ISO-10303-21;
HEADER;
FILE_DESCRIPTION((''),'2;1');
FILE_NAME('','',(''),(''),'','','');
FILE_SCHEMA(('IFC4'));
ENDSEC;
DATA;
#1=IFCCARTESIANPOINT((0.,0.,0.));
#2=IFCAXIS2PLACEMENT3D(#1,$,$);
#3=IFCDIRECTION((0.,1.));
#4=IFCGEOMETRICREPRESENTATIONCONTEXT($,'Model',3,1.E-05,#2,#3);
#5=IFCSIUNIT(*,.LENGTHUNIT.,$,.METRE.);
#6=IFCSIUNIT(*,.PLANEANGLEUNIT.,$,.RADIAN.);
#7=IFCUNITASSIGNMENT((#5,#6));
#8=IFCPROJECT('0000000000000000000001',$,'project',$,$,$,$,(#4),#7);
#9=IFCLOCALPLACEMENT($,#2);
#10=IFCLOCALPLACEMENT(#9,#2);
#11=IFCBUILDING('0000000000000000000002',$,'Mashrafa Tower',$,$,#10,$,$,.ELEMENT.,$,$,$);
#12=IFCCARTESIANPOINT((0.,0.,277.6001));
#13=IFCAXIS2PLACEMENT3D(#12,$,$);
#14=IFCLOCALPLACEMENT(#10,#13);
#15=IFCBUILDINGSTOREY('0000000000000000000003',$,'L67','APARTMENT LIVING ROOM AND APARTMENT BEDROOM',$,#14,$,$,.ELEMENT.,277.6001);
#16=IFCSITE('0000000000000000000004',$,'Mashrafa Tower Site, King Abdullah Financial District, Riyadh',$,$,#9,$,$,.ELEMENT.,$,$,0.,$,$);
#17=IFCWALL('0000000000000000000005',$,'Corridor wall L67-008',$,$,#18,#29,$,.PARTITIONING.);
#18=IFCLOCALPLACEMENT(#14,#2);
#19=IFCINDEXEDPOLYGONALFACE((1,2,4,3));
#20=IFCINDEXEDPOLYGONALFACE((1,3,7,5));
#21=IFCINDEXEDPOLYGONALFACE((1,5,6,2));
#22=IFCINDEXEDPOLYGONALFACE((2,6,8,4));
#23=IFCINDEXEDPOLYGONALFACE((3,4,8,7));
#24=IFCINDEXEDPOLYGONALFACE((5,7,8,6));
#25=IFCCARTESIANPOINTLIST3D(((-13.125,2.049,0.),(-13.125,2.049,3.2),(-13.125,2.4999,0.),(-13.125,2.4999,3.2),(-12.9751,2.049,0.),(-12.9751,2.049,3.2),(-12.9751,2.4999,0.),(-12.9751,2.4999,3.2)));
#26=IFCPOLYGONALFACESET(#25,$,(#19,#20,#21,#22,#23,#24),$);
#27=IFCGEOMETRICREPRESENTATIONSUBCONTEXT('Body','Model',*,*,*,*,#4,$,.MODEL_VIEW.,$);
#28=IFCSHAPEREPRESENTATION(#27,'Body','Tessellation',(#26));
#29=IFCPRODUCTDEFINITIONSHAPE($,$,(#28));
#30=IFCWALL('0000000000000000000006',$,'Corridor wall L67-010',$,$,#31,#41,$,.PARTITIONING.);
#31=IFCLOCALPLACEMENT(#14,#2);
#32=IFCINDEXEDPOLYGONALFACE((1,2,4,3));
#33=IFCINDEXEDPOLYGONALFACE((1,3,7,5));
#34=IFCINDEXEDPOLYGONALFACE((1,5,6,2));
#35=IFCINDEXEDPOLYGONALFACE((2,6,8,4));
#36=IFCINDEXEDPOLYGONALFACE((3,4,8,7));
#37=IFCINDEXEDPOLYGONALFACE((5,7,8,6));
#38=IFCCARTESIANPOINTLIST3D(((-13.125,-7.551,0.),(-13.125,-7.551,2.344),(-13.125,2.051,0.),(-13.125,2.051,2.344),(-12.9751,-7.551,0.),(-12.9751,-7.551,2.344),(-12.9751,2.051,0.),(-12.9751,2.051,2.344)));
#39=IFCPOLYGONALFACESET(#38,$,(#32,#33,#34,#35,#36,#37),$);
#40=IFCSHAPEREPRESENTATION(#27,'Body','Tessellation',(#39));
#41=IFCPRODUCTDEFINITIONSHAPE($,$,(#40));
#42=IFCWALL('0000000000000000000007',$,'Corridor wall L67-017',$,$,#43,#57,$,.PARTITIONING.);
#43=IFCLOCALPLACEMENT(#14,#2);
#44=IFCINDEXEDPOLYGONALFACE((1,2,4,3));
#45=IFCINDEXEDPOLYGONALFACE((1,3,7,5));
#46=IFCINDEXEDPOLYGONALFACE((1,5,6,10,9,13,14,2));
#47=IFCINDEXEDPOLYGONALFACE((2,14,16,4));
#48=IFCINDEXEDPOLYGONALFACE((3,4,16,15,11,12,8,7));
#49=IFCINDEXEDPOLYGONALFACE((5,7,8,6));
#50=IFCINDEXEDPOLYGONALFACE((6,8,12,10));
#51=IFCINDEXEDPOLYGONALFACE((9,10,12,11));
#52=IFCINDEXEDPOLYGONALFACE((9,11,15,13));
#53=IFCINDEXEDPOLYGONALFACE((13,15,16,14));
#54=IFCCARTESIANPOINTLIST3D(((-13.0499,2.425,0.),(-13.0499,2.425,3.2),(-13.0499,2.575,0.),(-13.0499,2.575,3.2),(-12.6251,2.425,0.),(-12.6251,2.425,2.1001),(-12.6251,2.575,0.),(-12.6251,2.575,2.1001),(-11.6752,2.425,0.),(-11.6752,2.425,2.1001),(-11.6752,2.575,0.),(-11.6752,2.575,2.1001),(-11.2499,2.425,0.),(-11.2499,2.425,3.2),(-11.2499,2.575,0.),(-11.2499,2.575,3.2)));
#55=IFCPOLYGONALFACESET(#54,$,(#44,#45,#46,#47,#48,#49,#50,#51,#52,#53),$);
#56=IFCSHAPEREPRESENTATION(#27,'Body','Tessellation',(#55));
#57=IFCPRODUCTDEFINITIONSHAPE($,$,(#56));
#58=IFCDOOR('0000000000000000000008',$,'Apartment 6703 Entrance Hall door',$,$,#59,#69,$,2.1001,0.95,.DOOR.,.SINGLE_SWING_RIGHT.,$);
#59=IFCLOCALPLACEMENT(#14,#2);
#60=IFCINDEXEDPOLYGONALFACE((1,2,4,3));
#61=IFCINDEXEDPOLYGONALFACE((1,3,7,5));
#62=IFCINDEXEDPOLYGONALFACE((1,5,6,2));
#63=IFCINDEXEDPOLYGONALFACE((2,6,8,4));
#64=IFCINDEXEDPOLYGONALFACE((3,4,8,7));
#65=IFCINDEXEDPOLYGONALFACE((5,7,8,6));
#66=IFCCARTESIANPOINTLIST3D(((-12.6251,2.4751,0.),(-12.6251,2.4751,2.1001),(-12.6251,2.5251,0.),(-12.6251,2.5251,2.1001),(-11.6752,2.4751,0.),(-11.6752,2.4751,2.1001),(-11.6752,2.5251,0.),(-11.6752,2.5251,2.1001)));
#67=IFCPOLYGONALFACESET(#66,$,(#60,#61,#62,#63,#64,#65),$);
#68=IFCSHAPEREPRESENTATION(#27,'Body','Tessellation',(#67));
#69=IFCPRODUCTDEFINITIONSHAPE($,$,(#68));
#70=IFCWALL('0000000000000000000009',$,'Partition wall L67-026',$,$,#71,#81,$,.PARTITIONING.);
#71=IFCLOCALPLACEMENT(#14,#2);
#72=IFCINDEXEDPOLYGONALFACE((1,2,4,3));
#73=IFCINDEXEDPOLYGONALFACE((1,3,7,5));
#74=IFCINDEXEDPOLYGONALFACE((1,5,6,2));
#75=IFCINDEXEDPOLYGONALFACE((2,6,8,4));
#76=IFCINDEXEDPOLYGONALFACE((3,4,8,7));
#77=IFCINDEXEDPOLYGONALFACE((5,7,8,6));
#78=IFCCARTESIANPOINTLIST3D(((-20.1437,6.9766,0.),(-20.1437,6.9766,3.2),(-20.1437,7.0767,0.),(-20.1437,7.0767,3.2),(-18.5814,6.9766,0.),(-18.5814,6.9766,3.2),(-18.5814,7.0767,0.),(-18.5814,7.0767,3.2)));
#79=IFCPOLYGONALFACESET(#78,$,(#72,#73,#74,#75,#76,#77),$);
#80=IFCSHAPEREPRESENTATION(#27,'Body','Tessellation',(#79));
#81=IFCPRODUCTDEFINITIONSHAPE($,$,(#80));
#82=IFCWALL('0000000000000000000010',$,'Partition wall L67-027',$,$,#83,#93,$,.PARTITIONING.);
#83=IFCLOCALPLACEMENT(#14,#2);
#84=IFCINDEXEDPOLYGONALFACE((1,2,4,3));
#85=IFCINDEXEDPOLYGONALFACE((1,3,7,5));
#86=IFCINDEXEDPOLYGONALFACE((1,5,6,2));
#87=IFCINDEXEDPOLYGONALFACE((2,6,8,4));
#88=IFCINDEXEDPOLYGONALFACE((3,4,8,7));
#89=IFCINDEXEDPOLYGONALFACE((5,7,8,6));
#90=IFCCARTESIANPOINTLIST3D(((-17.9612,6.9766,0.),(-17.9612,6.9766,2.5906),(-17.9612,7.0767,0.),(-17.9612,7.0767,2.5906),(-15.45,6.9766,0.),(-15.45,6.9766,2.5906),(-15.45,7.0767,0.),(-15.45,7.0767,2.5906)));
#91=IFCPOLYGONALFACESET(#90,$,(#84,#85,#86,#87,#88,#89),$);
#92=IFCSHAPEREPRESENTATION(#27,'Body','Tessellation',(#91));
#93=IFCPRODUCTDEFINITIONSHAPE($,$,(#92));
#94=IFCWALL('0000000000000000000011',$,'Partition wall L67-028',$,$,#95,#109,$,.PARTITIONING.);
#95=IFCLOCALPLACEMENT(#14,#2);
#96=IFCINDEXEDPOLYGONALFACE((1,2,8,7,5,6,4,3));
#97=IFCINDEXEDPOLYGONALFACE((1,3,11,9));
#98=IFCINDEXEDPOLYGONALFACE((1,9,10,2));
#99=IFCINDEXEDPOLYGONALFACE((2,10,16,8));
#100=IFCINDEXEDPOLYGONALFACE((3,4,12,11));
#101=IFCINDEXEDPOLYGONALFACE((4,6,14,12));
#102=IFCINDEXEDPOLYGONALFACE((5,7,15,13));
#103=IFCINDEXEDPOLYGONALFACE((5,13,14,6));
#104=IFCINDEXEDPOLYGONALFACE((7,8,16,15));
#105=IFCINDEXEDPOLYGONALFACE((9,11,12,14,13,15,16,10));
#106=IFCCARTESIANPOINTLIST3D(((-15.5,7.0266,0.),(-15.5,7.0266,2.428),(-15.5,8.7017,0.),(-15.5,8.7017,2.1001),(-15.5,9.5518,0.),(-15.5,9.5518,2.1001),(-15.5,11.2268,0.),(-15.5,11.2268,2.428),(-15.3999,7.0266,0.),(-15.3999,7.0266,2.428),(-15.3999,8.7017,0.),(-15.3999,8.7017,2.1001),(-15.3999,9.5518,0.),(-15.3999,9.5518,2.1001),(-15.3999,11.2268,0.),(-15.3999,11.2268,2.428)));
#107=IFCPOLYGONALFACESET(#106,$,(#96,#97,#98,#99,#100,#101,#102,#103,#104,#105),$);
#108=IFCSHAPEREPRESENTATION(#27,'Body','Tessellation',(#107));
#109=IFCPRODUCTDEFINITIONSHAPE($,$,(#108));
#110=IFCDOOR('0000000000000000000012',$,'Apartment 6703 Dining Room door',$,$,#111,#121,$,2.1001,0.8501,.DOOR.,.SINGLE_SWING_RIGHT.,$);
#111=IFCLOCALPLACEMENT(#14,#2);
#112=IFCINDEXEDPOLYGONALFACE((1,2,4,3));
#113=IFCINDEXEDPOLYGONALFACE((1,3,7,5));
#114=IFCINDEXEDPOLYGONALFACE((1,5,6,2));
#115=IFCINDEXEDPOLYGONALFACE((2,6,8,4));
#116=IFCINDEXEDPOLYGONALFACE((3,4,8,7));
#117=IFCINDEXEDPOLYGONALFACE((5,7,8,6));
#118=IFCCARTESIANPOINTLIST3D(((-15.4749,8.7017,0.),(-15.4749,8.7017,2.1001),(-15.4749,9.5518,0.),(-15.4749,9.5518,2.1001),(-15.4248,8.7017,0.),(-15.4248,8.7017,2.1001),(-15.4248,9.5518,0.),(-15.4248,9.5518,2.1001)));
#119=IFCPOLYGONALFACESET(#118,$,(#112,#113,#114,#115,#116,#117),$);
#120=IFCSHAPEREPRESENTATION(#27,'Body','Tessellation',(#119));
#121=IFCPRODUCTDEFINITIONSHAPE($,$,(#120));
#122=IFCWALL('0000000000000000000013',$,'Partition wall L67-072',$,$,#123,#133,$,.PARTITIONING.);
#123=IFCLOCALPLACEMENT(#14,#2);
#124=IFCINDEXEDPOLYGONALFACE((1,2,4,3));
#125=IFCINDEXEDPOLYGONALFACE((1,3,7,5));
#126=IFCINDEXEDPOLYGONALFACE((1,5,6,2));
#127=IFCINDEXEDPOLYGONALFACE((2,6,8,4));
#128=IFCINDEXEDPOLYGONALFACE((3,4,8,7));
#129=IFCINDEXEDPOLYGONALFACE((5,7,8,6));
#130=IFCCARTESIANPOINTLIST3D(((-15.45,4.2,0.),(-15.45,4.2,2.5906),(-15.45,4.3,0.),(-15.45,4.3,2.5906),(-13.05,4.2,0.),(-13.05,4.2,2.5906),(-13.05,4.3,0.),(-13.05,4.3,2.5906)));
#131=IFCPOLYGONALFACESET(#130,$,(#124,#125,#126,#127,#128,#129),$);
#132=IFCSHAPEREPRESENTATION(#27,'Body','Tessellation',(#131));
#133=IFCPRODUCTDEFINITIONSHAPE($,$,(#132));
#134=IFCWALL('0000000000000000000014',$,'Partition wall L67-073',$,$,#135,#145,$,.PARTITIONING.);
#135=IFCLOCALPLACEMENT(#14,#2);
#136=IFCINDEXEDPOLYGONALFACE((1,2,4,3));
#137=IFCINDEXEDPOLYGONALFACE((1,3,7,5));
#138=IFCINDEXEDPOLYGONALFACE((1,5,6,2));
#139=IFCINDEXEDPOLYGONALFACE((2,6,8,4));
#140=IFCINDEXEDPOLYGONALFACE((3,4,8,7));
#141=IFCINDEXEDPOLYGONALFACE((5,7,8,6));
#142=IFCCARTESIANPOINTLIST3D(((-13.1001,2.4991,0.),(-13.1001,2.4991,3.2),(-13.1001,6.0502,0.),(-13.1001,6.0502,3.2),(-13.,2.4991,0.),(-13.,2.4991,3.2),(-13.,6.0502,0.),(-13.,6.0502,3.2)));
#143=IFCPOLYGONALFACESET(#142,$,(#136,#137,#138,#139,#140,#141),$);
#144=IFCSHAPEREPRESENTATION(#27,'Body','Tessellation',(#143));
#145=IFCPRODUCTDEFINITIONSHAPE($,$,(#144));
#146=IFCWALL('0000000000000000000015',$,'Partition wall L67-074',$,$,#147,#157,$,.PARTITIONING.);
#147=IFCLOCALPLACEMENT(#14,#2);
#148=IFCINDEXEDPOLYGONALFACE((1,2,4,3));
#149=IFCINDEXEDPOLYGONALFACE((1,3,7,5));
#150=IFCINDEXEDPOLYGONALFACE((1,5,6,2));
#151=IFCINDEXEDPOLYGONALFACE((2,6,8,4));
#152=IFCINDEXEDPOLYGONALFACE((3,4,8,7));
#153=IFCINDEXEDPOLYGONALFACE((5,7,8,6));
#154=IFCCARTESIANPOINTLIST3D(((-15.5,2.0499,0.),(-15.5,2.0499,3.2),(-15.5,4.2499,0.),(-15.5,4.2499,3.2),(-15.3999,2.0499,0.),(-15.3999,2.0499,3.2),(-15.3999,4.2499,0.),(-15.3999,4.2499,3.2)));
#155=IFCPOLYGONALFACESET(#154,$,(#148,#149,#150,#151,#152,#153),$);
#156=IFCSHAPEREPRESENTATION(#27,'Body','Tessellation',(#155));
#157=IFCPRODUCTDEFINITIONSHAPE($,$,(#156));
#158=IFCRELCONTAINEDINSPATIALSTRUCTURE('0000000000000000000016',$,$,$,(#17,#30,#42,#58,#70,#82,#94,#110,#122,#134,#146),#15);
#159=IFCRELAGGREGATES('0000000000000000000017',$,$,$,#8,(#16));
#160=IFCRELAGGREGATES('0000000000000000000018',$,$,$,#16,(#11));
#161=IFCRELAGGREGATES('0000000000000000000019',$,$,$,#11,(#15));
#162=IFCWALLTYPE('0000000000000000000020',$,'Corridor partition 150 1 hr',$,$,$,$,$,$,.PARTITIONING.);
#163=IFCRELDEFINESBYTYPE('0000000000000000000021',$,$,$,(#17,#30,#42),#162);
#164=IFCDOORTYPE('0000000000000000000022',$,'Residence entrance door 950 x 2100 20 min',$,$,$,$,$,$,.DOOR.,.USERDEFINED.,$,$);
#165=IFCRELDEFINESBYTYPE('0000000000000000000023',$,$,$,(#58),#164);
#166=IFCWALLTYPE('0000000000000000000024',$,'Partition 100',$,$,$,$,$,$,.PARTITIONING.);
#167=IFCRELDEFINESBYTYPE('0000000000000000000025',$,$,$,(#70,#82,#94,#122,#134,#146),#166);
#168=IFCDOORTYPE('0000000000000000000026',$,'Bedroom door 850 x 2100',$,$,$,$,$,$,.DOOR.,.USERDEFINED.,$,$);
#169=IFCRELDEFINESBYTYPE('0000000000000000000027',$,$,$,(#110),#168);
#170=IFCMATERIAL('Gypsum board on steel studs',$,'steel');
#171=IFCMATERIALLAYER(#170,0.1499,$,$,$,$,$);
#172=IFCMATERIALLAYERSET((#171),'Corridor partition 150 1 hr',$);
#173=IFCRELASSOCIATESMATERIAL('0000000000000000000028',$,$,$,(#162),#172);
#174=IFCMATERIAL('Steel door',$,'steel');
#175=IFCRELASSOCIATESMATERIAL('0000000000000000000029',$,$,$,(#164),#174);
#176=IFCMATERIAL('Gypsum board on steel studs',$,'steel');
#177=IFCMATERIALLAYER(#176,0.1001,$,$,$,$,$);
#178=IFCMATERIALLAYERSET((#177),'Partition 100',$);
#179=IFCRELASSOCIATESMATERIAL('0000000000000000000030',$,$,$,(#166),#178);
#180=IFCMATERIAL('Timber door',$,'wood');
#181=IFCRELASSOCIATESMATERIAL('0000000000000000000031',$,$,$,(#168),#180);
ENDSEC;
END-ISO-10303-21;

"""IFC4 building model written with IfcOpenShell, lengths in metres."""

from ifc_helpers import new_model, si_unit, direction, frame, frame_2d, origin, place, context, subcontext, project, spatial, rectangle, extrude, material, layer, layer_set, type_object, element, fill, save


model = new_model("IFC4")

# Units and contexts
model_context = context("Model", 3, precision=1e-05, world=origin(), true_north=direction((0.0, 1.0)))
body_context = subcontext(model_context, "Body", "Model", "MODEL_VIEW")
ifc_project = project(units=[si_unit("LENGTHUNIT", "METRE"), si_unit("PLANEANGLEUNIT", "RADIAN")], contexts=[model_context])

# Site, building, storey
site_placement = place(None, origin())
site = spatial("IfcSite", under=ifc_project, at=site_placement, Name="Mashrafa Tower Site, King Abdullah Financial District, Riyadh", CompositionType="ELEMENT", RefElevation=0.0)
building_placement = place(site_placement, origin())
building = spatial("IfcBuilding", under=site, at=building_placement, Name="Mashrafa Tower", CompositionType="ELEMENT")
storey_placement = place(building_placement, frame((0.0, 0.0, 277.6001)))
storey = spatial("IfcBuildingStorey", under=building, at=storey_placement, Name="L67", Description="APARTMENT LIVING ROOM AND APARTMENT BEDROOM", CompositionType="ELEMENT", Elevation=277.6001)

# Walls
ifc_material_1 = material(Name="Gypsum board on steel studs", Category="steel")
ifc_layer_1 = layer(ifc_material_1, 0.1499)
ifc_layer_set_1 = layer_set([ifc_layer_1], Name="Corridor partition 150 1 hr")
wall_type_1 = type_object("IfcWallType", Name="Corridor partition 150 1 hr", PredefinedType="PARTITIONING", material=ifc_layer_set_1)
wall_1_placement = place(storey_placement, frame((-13.05, 2.5, 0.0), z_axis=(0.0, 0.0, 1.0), x_axis=(0.0, -1.0, 0.0)))
element("IfcWall", 1, at=wall_1_placement, inside=storey, type_object=wall_type_1, Name="Corridor wall L67-008", PredefinedType="PARTITIONING", context=body_context, shape_type="SweptSolid", body=[
    extrude(rectangle(XDim=0.4509, YDim=0.1499, at=frame_2d((0.2256, 0.0))), origin(), (0.0, 0.0, 1.0), 3.2),
])
wall_2_placement = place(storey_placement, frame((-13.05, 2.051, 0.0), z_axis=(0.0, 0.0, 1.0), x_axis=(0.0, -1.0, 0.0)))
element("IfcWall", 2, at=wall_2_placement, inside=storey, type_object=wall_type_1, Name="Corridor wall L67-010", PredefinedType="PARTITIONING", context=body_context, shape_type="SweptSolid", body=[
    extrude(rectangle(XDim=9.6021, YDim=0.1499, at=frame_2d((4.801, 0.0))), origin(), (0.0, 0.0, 1.0), 2.344),
])

# Wall, opening, door
wall_3_placement = place(storey_placement, frame((-11.25, 2.5, 0.0), z_axis=(0.0, 0.0, 1.0), x_axis=(-1.0, 0.0, 0.0)))
wall_3 = element("IfcWall", 3, at=wall_3_placement, inside=storey, type_object=wall_type_1, Name="Corridor wall L67-017", PredefinedType="PARTITIONING", context=body_context, shape_type="SweptSolid", body=[
    extrude(rectangle(XDim=1.8, YDim=0.1499, at=frame_2d((0.8999, 0.0))), origin(), (0.0, 0.0, 1.0), 3.2),
])
opening_1_placement = place(wall_3_placement, frame((0.425, 0.0, 0.0)))
opening_1 = element("IfcOpeningElement", 4, at=opening_1_placement, cuts=wall_3, PredefinedType="OPENING", context=body_context, shape_type="SweptSolid", body=[
    extrude(rectangle(XDim=0.95, YDim=2.1001, at=frame_2d((0.4751, 1.05))), frame((0.0, 0.085, 0.0), z_axis=(0.0, -1.0, 0.0), x_axis=(1.0, 0.0, 0.0)), (0.0, 0.0, 1.0), 0.1699),
])
ifc_material_2 = material(Name="Steel door", Category="steel")
door_type_1 = type_object("IfcDoorType", Name="Residence entrance door 950 x 2100 20 min", OperationType="USERDEFINED", PredefinedType="DOOR", material=ifc_material_2)
door_1_placement = place(opening_1_placement, origin())
door_1 = element("IfcDoor", 5, at=door_1_placement, inside=storey, type_object=door_type_1, Name="Apartment 6703 Entrance Hall door", OperationType="SINGLE_SWING_RIGHT", OverallHeight=2.1001, OverallWidth=0.95, PredefinedType="DOOR", context=body_context, shape_type="SweptSolid", body=[
    extrude(rectangle(XDim=0.95, YDim=2.1001, at=frame_2d((0.4751, 1.05))), frame((0.0, 0.0249, 0.0), z_axis=(0.0, -1.0, 0.0), x_axis=(1.0, 0.0, 0.0)), (0.0, 0.0, 1.0), 0.05),
])
fill(opening_1, door_1)

# Walls
ifc_material_3 = material(Name="Gypsum board on steel studs", Category="steel")
ifc_layer_2 = layer(ifc_material_3, 0.1001)
ifc_layer_set_2 = layer_set([ifc_layer_2], Name="Partition 100")
wall_type_2 = type_object("IfcWallType", Name="Partition 100", PredefinedType="PARTITIONING", material=ifc_layer_set_2)
wall_4_placement = place(storey_placement, frame((-20.1438, 7.0266, 0.0), z_axis=(0.0, 0.0, 1.0), x_axis=(1.0, 0.0, 0.0)))
element("IfcWall", 6, at=wall_4_placement, inside=storey, type_object=wall_type_2, Name="Partition wall L67-026", PredefinedType="PARTITIONING", context=body_context, shape_type="SweptSolid", body=[
    extrude(rectangle(XDim=1.5623, YDim=0.1001, at=frame_2d((0.7812, 0.0))), origin(), (0.0, 0.0, 1.0), 3.2),
])
wall_5_placement = place(storey_placement, frame((-17.9612, 7.0266, 0.0), z_axis=(0.0, 0.0, 1.0), x_axis=(1.0, 0.0, 0.0)))
element("IfcWall", 7, at=wall_5_placement, inside=storey, type_object=wall_type_2, Name="Partition wall L67-027", PredefinedType="PARTITIONING", context=body_context, shape_type="SweptSolid", body=[
    extrude(rectangle(XDim=2.5112, YDim=0.1001, at=frame_2d((1.2556, 0.0))), origin(), (0.0, 0.0, 1.0), 2.5906),
])

# Wall, opening, door
wall_6_placement = place(storey_placement, frame((-15.45, 7.0266, 0.0), z_axis=(0.0, 0.0, 1.0), x_axis=(0.0, 1.0, 0.0)))
wall_6 = element("IfcWall", 8, at=wall_6_placement, inside=storey, type_object=wall_type_2, Name="Partition wall L67-028", PredefinedType="PARTITIONING", context=body_context, shape_type="SweptSolid", body=[
    extrude(rectangle(XDim=4.2002, YDim=0.1001, at=frame_2d((2.1001, 0.0))), origin(), (0.0, 0.0, 1.0), 2.428),
])
opening_2_placement = place(wall_6_placement, frame((1.675, 0.0, 0.0)))
opening_2 = element("IfcOpeningElement", 9, at=opening_2_placement, cuts=wall_6, PredefinedType="OPENING", context=body_context, shape_type="SweptSolid", body=[
    extrude(rectangle(XDim=0.8501, YDim=2.1001, at=frame_2d((0.425, 1.05))), frame((0.0, 0.0601, 0.0), z_axis=(0.0, -1.0, 0.0), x_axis=(1.0, 0.0, 0.0)), (0.0, 0.0, 1.0), 0.1201),
])
ifc_material_4 = material(Name="Timber door", Category="wood")
door_type_2 = type_object("IfcDoorType", Name="Bedroom door 850 x 2100", OperationType="USERDEFINED", PredefinedType="DOOR", material=ifc_material_4)
door_2_placement = place(opening_2_placement, origin())
door_2 = element("IfcDoor", 10, at=door_2_placement, inside=storey, type_object=door_type_2, Name="Apartment 6703 Dining Room door", OperationType="SINGLE_SWING_RIGHT", OverallHeight=2.1001, OverallWidth=0.8501, PredefinedType="DOOR", context=body_context, shape_type="SweptSolid", body=[
    extrude(rectangle(XDim=0.8501, YDim=2.1001, at=frame_2d((0.425, 1.05))), frame((0.0, 0.0249, 0.0), z_axis=(0.0, -1.0, 0.0), x_axis=(1.0, 0.0, 0.0)), (0.0, 0.0, 1.0), 0.05),
])
fill(opening_2, door_2)

# Walls
wall_7_placement = place(storey_placement, frame((-15.45, 4.25, 0.0), z_axis=(0.0, 0.0, 1.0), x_axis=(1.0, 0.0, 0.0)))
element("IfcWall", 11, at=wall_7_placement, inside=storey, type_object=wall_type_2, Name="Partition wall L67-072", PredefinedType="PARTITIONING", context=body_context, shape_type="SweptSolid", body=[
    extrude(rectangle(XDim=2.3999, YDim=0.1001, at=frame_2d((1.2, 0.0))), origin(), (0.0, 0.0, 1.0), 2.5906),
])
wall_8_placement = place(storey_placement, frame((-13.05, 6.05, 0.0), z_axis=(0.0, 0.0, 1.0), x_axis=(0.0, -1.0, 0.0)))
element("IfcWall", 12, at=wall_8_placement, inside=storey, type_object=wall_type_2, Name="Partition wall L67-073", PredefinedType="PARTITIONING", context=body_context, shape_type="SweptSolid", body=[
    extrude(rectangle(XDim=3.551, YDim=0.1001, at=frame_2d((1.7754, 0.0))), origin(), (0.0, 0.0, 1.0), 3.2),
])
wall_9_placement = place(storey_placement, frame((-15.45, 4.25, 0.0), z_axis=(0.0, 0.0, 1.0), x_axis=(0.0, -1.0, 0.0)))
element("IfcWall", 13, at=wall_9_placement, inside=storey, type_object=wall_type_2, Name="Partition wall L67-074", PredefinedType="PARTITIONING", context=body_context, shape_type="SweptSolid", body=[
    extrude(rectangle(XDim=2.2, YDim=0.1001, at=frame_2d((1.1001, 0.0))), origin(), (0.0, 0.0, 1.0), 3.2),
])

save(model, "model.ifc")
